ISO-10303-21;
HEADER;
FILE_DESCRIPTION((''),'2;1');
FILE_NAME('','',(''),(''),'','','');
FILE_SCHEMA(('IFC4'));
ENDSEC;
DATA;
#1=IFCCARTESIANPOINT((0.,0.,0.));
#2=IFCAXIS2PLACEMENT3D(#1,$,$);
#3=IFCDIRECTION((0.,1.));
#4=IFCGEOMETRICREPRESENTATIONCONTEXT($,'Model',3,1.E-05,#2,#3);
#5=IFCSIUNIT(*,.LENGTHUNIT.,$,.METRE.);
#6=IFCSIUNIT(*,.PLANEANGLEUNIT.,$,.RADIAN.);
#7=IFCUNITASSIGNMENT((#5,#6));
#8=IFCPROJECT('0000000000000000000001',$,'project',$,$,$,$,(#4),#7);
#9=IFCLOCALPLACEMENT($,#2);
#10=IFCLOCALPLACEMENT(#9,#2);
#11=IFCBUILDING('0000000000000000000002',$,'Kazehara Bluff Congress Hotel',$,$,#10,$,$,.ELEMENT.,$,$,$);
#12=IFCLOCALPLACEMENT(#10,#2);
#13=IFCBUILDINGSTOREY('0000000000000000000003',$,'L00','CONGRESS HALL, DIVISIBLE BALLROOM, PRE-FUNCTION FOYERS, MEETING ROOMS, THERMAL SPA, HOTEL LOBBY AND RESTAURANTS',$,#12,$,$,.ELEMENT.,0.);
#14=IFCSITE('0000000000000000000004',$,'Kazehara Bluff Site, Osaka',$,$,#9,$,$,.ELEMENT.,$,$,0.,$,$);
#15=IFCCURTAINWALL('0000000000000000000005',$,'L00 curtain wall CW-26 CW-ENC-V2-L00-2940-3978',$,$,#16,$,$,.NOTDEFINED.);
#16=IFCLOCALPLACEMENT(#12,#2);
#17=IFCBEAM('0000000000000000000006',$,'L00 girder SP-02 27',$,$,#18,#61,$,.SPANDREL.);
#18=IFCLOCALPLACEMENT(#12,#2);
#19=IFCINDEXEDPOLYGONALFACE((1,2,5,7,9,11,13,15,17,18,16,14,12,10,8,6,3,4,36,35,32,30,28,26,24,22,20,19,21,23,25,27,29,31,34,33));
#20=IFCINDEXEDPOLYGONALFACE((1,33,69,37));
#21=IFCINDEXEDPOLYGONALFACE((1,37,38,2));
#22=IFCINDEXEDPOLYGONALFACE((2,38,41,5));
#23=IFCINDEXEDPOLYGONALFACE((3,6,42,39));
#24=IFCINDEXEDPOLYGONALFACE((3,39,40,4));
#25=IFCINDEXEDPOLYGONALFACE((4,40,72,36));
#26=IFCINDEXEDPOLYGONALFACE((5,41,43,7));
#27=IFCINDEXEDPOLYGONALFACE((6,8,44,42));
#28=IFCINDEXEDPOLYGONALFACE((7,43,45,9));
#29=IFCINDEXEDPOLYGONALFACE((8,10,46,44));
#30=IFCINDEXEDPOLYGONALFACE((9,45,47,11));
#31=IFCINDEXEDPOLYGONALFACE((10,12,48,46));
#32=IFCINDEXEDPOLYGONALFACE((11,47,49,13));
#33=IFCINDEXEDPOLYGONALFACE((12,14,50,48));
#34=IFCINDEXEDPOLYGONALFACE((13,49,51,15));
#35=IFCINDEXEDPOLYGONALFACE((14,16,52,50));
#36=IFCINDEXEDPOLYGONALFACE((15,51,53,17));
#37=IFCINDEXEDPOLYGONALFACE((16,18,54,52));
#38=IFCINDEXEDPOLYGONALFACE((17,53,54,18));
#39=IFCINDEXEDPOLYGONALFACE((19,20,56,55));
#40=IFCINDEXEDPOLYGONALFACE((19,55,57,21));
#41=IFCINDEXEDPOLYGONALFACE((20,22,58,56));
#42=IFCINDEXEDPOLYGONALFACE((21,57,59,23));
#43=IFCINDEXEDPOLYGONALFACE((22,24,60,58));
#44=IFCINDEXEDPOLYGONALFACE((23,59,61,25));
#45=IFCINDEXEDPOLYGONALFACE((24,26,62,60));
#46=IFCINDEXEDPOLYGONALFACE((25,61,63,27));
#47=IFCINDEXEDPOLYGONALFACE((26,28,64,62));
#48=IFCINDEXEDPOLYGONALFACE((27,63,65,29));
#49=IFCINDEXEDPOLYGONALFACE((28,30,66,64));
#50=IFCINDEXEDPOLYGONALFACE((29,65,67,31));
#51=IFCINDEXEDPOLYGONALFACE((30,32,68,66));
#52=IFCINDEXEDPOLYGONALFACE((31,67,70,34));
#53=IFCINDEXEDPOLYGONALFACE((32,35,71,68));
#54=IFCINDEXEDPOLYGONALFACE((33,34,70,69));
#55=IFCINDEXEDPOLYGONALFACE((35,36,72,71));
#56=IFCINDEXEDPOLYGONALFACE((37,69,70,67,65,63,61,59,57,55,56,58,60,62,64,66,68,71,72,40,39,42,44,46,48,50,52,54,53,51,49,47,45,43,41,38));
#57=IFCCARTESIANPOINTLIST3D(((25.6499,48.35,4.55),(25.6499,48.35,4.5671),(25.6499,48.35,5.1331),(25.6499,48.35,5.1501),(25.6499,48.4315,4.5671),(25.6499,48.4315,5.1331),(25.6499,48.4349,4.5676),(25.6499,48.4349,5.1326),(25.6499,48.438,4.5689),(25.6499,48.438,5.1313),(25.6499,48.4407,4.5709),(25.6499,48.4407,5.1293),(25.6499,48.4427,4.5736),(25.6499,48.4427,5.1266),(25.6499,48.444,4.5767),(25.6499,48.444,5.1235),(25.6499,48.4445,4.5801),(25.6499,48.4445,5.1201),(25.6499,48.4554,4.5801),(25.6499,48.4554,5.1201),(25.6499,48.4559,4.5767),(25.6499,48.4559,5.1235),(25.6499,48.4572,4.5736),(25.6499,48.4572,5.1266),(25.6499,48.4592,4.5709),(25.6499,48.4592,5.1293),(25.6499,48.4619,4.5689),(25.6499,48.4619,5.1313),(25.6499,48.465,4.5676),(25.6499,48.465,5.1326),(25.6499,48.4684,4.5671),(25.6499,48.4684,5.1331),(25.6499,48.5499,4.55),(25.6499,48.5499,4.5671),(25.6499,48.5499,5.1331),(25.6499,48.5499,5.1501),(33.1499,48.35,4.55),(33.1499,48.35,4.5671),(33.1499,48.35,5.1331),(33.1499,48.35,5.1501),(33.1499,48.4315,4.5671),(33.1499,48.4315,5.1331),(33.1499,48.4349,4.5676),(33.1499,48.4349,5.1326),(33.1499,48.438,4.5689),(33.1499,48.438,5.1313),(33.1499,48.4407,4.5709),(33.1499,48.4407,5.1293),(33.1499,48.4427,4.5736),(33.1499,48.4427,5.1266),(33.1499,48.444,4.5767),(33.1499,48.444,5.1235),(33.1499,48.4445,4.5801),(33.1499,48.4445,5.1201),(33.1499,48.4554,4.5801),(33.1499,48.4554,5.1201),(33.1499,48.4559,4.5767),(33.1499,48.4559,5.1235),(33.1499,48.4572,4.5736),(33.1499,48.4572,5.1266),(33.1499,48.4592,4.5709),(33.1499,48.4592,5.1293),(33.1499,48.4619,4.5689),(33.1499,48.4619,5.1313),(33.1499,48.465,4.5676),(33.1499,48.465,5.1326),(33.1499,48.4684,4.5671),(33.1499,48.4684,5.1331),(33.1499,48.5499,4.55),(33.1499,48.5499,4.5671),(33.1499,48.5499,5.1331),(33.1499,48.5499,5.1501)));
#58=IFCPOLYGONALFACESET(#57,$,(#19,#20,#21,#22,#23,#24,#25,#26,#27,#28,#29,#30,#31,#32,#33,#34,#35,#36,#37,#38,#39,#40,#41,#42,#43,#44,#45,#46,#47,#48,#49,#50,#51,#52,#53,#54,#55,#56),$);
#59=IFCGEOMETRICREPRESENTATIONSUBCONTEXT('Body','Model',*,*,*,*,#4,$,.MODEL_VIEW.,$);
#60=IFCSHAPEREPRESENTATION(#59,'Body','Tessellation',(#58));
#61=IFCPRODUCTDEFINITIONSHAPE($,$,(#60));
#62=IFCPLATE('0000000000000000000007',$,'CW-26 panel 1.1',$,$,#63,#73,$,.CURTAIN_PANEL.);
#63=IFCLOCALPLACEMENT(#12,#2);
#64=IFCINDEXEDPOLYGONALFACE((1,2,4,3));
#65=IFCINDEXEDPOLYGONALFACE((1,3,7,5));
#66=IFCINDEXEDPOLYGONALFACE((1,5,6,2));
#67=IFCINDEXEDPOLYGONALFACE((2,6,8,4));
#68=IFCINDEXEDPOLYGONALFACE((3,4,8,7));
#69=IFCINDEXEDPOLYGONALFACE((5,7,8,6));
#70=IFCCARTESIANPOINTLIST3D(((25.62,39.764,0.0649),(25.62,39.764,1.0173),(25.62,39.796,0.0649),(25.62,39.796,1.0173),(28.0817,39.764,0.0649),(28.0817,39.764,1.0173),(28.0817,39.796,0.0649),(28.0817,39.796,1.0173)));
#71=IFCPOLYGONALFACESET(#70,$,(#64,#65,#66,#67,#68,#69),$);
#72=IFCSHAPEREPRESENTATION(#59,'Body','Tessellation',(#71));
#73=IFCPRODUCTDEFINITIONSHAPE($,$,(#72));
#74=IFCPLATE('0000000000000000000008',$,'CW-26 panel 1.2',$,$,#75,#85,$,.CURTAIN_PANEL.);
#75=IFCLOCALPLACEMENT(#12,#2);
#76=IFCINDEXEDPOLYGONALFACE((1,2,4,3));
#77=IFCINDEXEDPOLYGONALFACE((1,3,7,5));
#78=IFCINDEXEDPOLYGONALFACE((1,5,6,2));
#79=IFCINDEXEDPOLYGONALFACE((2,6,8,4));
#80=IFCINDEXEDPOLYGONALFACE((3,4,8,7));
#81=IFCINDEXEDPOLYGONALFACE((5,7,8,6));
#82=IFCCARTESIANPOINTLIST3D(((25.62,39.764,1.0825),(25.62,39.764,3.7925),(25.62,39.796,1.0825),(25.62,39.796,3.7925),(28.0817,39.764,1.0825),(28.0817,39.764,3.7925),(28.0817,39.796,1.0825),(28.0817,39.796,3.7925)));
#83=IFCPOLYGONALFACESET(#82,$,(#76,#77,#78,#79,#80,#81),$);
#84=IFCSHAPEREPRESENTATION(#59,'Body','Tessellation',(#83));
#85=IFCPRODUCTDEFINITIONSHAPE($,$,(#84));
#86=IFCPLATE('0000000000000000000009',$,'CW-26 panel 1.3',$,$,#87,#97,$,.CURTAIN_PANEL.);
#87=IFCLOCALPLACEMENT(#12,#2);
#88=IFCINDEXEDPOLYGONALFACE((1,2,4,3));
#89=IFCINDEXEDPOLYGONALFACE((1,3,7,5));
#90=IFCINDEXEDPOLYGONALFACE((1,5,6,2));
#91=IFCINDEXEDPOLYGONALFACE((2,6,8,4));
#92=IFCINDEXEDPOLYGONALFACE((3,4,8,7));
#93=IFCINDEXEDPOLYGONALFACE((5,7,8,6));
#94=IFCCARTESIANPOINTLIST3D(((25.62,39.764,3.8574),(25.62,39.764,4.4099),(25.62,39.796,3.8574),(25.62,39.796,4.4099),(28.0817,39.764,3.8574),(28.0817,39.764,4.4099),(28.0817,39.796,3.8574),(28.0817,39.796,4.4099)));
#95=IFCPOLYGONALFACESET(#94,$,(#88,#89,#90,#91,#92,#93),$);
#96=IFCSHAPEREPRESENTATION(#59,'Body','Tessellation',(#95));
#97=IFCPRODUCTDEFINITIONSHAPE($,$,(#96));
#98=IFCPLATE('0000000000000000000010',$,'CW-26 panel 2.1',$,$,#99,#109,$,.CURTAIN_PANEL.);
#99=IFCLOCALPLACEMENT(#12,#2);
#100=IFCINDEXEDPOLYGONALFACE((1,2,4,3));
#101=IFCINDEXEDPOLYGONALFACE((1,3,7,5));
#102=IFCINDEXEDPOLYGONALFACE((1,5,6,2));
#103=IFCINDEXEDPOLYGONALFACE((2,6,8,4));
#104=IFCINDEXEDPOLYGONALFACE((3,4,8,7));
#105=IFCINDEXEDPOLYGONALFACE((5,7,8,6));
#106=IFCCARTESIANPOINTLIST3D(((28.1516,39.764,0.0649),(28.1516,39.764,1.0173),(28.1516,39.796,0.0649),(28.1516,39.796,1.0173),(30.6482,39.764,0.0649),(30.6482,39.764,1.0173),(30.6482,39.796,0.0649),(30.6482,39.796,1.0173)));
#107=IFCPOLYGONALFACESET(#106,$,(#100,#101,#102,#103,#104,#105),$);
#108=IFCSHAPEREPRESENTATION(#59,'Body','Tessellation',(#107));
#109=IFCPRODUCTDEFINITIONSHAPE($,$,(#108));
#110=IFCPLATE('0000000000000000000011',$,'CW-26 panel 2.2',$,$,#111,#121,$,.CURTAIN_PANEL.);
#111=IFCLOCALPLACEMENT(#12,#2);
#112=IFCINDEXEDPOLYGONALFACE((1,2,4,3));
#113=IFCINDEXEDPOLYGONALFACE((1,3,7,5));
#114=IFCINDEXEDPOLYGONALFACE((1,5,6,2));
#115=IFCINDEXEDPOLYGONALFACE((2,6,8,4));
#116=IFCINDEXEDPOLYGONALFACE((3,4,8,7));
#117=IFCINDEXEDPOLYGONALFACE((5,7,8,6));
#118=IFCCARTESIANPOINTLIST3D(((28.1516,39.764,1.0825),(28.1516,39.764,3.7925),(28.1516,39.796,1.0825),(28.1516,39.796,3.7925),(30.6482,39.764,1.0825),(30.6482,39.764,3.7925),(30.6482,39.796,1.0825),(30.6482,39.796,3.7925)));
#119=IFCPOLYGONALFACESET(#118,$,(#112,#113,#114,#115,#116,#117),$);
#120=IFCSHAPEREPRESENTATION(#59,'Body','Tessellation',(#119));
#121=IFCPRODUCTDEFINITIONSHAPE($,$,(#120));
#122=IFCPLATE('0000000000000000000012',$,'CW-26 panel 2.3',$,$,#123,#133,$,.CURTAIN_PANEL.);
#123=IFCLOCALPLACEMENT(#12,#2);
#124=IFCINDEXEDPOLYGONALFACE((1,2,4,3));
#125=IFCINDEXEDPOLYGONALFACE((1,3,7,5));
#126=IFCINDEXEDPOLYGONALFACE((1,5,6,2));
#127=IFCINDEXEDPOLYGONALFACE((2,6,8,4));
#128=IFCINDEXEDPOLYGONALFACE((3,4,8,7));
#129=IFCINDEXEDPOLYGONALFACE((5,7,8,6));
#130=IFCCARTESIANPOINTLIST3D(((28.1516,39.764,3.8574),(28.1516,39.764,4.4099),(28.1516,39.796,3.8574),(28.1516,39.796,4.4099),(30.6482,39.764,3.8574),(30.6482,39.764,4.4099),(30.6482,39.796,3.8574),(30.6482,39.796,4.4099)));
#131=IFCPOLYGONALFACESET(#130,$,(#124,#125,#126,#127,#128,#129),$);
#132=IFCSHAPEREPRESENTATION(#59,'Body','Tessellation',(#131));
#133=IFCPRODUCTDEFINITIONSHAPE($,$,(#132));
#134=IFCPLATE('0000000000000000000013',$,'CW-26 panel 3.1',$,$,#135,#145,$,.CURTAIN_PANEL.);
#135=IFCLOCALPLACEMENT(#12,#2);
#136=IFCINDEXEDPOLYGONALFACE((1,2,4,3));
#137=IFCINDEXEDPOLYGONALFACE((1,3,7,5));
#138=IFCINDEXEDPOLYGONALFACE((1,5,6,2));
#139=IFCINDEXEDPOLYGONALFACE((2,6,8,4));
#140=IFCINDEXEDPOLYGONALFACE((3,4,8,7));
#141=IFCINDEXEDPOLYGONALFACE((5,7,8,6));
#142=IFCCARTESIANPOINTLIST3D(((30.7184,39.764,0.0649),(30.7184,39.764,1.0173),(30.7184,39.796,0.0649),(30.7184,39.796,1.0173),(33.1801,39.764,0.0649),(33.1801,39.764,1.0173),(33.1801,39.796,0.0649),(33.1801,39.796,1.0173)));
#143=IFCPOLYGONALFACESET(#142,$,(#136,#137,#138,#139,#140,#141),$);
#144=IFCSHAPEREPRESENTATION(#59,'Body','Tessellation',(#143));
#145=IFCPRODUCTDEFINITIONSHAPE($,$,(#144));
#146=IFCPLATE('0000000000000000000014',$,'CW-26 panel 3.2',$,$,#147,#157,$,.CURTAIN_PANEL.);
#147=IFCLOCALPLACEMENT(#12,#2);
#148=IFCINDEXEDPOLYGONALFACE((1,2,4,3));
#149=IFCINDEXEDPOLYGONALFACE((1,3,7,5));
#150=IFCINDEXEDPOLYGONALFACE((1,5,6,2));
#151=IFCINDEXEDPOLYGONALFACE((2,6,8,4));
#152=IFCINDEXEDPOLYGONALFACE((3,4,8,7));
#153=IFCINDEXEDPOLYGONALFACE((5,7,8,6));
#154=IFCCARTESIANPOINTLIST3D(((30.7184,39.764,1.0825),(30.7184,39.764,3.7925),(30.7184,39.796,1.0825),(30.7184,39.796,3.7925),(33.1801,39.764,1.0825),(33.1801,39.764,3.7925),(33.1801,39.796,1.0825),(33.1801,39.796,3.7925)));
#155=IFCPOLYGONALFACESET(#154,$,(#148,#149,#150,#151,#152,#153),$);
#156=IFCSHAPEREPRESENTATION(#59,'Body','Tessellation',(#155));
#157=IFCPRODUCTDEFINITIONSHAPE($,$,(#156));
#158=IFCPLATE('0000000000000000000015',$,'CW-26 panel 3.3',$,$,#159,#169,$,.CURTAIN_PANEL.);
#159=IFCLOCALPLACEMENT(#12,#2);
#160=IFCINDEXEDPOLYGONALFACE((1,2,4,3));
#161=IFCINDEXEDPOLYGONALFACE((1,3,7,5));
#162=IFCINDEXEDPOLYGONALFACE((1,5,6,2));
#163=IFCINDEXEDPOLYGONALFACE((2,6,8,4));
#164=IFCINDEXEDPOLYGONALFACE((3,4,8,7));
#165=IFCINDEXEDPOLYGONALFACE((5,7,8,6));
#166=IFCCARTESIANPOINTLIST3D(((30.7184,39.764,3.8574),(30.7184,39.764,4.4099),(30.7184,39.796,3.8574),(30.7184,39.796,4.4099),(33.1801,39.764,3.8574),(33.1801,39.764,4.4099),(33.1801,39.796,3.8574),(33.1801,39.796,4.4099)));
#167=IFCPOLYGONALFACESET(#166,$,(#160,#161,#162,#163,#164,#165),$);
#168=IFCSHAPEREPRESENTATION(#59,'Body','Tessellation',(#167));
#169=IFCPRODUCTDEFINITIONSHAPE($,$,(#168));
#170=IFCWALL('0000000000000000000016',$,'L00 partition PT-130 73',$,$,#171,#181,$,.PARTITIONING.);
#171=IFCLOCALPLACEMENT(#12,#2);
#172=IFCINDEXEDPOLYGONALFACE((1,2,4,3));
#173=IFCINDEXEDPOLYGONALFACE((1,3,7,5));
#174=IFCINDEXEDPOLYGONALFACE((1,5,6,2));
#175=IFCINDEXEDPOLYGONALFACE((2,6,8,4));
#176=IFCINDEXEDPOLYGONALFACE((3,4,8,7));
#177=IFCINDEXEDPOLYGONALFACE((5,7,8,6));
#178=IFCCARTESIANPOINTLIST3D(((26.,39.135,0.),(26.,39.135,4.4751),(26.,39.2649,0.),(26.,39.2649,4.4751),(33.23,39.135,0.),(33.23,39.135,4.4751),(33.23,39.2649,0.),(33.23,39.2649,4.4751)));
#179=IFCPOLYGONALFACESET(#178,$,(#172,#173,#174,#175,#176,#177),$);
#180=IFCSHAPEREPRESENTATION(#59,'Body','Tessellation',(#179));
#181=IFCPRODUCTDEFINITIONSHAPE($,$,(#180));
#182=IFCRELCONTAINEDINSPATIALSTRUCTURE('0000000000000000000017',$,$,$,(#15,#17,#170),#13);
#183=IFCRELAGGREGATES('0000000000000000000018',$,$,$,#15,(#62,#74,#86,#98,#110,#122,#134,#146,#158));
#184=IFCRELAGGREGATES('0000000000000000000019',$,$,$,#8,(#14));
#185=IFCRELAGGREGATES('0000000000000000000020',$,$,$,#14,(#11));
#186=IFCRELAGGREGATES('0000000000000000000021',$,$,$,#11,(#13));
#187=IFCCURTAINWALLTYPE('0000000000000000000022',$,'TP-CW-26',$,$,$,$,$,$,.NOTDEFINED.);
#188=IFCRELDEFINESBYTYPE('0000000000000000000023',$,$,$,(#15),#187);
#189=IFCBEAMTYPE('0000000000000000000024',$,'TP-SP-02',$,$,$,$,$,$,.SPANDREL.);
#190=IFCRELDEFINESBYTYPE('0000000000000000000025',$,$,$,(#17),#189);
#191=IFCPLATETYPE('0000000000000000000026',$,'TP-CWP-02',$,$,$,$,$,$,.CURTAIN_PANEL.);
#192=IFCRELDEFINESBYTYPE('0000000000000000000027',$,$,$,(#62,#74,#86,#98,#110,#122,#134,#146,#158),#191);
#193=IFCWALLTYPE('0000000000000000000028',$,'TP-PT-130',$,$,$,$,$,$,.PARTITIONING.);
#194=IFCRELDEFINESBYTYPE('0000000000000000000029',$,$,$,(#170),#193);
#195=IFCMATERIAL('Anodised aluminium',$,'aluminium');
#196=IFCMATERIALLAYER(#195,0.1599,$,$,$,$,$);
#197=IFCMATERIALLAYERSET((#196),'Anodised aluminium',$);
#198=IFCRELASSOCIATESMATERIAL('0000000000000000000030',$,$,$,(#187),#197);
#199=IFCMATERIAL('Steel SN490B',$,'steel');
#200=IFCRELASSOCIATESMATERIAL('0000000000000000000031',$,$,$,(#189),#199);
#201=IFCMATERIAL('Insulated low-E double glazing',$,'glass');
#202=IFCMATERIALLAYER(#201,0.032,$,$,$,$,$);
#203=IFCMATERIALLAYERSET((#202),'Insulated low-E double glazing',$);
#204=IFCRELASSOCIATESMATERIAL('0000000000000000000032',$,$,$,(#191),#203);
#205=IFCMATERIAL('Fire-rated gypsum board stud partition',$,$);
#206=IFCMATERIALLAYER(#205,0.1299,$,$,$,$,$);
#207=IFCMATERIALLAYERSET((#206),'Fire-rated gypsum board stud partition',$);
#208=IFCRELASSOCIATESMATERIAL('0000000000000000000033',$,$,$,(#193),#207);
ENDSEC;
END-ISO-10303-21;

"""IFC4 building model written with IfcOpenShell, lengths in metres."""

from ifc_helpers import new_model, si_unit, direction, frame, frame_2d, origin, origin_2d, place, context, subcontext, project, spatial, rectangle, i_section, extrude, material, layer, layer_set, material_profile, profile_set, type_object, element, aggregate, save


model = new_model("IFC4")

# Units and contexts
model_context = context("Model", 3, precision=1e-05, world=origin(), true_north=direction((0.0, 1.0)))
body_context = subcontext(model_context, "Body", "Model", "MODEL_VIEW")
ifc_project = project(units=[si_unit("LENGTHUNIT", "METRE"), si_unit("PLANEANGLEUNIT", "RADIAN")], contexts=[model_context])

# Site, building, storey
site_placement = place(None, origin())
site = spatial("IfcSite", under=ifc_project, at=site_placement, Name="Kazehara Bluff Site, Osaka", CompositionType="ELEMENT", RefElevation=0.0)
building_placement = place(site_placement, origin())
building = spatial("IfcBuilding", under=site, at=building_placement, Name="Kazehara Bluff Congress Hotel", CompositionType="ELEMENT")
storey_placement = place(building_placement, origin())
storey = spatial("IfcBuildingStorey", under=building, at=storey_placement, Name="L00", Description="CONGRESS HALL, DIVISIBLE BALLROOM, PRE-FUNCTION FOYERS, MEETING ROOMS, THERMAL SPA, HOTEL LOBBY AND RESTAURANTS", CompositionType="ELEMENT", Elevation=0.0)

# Curtain wall
ifc_material_1 = material(Name="Anodised aluminium", Category="aluminium")
ifc_layer_1 = layer(ifc_material_1, 0.1599)
ifc_layer_set_1 = layer_set([ifc_layer_1], Name="Anodised aluminium")
curtain_wall_type_1 = type_object("IfcCurtainWallType", Name="TP-CW-26", PredefinedType="NOTDEFINED", material=ifc_layer_set_1)
curtain_wall_1_placement = place(storey_placement, origin())
curtain_wall_1 = element("IfcCurtainWall", 1, at=curtain_wall_1_placement, inside=storey, type_object=curtain_wall_type_1, Name="L00 curtain wall CW-26 CW-ENC-V2-L00-2940-3978", PredefinedType="NOTDEFINED")

# Beam
ifc_material_2 = material(Name="Steel SN490B", Category="steel")
ifc_material_profile_1 = material_profile(ifc_material_2, i_section(OverallWidth=0.2, OverallDepth=0.6001, WebThickness=0.011, FlangeThickness=0.0171, FilletRadius=0.0129, at=origin_2d()))
ifc_profile_set_1 = profile_set([ifc_material_profile_1], Name="Steel SN490B")
beam_type_1 = type_object("IfcBeamType", Name="TP-SP-02", PredefinedType="SPANDREL", material=ifc_profile_set_1)
beam_1_placement = place(storey_placement, frame((25.6499, 48.45, 4.8501), z_axis=(1.0, 0.0, 0.0), x_axis=(0.0, 1.0, 0.0)))
element("IfcBeam", 2, at=beam_1_placement, inside=storey, type_object=beam_type_1, Name="L00 girder SP-02 27", PredefinedType="SPANDREL", context=body_context, shape_type="SweptSolid", body=[
    extrude(i_section(OverallWidth=0.2, OverallDepth=0.6001, WebThickness=0.011, FlangeThickness=0.0171, FilletRadius=0.0129, at=origin_2d()), origin(), (0.0, 0.0, 1.0), 7.5),
])

# Plates
ifc_material_3 = material(Name="Insulated low-E double glazing", Category="glass")
ifc_layer_2 = layer(ifc_material_3, 0.032)
ifc_layer_set_2 = layer_set([ifc_layer_2], Name="Insulated low-E double glazing")
plate_type = type_object("IfcPlateType", Name="TP-CWP-02", PredefinedType="CURTAIN_PANEL", material=ifc_layer_set_2)
plate_1_placement = place(storey_placement, frame((26.8508, 39.78, 0.0649), z_axis=(0.0, 0.0, 1.0), x_axis=(1.0, 0.0, 0.0)))
plate_1 = element("IfcPlate", 3, at=plate_1_placement, type_object=plate_type, Name="CW-26 panel 1.1", PredefinedType="CURTAIN_PANEL", context=body_context, shape_type="SweptSolid", body=[
    extrude(rectangle(XDim=2.4617, YDim=0.032, at=origin_2d()), origin(), (0.0, 0.0, 1.0), 0.9524),
])
plate_2_placement = place(storey_placement, frame((26.8508, 39.78, 1.0825), z_axis=(0.0, 0.0, 1.0), x_axis=(1.0, 0.0, 0.0)))
plate_2 = element("IfcPlate", 4, at=plate_2_placement, type_object=plate_type, Name="CW-26 panel 1.2", PredefinedType="CURTAIN_PANEL", context=body_context, shape_type="SweptSolid", body=[
    extrude(rectangle(XDim=2.4617, YDim=0.032, at=origin_2d()), origin(), (0.0, 0.0, 1.0), 2.71),
])
plate_3_placement = place(storey_placement, frame((26.8508, 39.78, 3.8574), z_axis=(0.0, 0.0, 1.0), x_axis=(1.0, 0.0, 0.0)))
plate_3 = element("IfcPlate", 5, at=plate_3_placement, type_object=plate_type, Name="CW-26 panel 1.3", PredefinedType="CURTAIN_PANEL", context=body_context, shape_type="SweptSolid", body=[
    extrude(rectangle(XDim=2.4617, YDim=0.032, at=origin_2d()), origin(), (0.0, 0.0, 1.0), 0.5525),
])
plate_4_placement = place(storey_placement, frame((29.3999, 39.78, 0.0649), z_axis=(0.0, 0.0, 1.0), x_axis=(1.0, 0.0, 0.0)))
plate_4 = element("IfcPlate", 6, at=plate_4_placement, type_object=plate_type, Name="CW-26 panel 2.1", PredefinedType="CURTAIN_PANEL", context=body_context, shape_type="SweptSolid", body=[
    extrude(rectangle(XDim=2.4966, YDim=0.032, at=origin_2d()), origin(), (0.0, 0.0, 1.0), 0.9524),
])
plate_5_placement = place(storey_placement, frame((29.3999, 39.78, 1.0825), z_axis=(0.0, 0.0, 1.0), x_axis=(1.0, 0.0, 0.0)))
plate_5 = element("IfcPlate", 7, at=plate_5_placement, type_object=plate_type, Name="CW-26 panel 2.2", PredefinedType="CURTAIN_PANEL", context=body_context, shape_type="SweptSolid", body=[
    extrude(rectangle(XDim=2.4966, YDim=0.032, at=origin_2d()), origin(), (0.0, 0.0, 1.0), 2.71),
])
plate_6_placement = place(storey_placement, frame((29.3999, 39.78, 3.8574), z_axis=(0.0, 0.0, 1.0), x_axis=(1.0, 0.0, 0.0)))
plate_6 = element("IfcPlate", 8, at=plate_6_placement, type_object=plate_type, Name="CW-26 panel 2.3", PredefinedType="CURTAIN_PANEL", context=body_context, shape_type="SweptSolid", body=[
    extrude(rectangle(XDim=2.4966, YDim=0.032, at=origin_2d()), origin(), (0.0, 0.0, 1.0), 0.5525),
])
plate_7_placement = place(storey_placement, frame((31.9492, 39.78, 0.0649), z_axis=(0.0, 0.0, 1.0), x_axis=(1.0, 0.0, 0.0)))
plate_7 = element("IfcPlate", 9, at=plate_7_placement, type_object=plate_type, Name="CW-26 panel 3.1", PredefinedType="CURTAIN_PANEL", context=body_context, shape_type="SweptSolid", body=[
    extrude(rectangle(XDim=2.4617, YDim=0.032, at=origin_2d()), origin(), (0.0, 0.0, 1.0), 0.9524),
])
plate_8_placement = place(storey_placement, frame((31.9492, 39.78, 1.0825), z_axis=(0.0, 0.0, 1.0), x_axis=(1.0, 0.0, 0.0)))
plate_8 = element("IfcPlate", 10, at=plate_8_placement, type_object=plate_type, Name="CW-26 panel 3.2", PredefinedType="CURTAIN_PANEL", context=body_context, shape_type="SweptSolid", body=[
    extrude(rectangle(XDim=2.4617, YDim=0.032, at=origin_2d()), origin(), (0.0, 0.0, 1.0), 2.71),
])
plate_9_placement = place(storey_placement, frame((31.9492, 39.78, 3.8574), z_axis=(0.0, 0.0, 1.0), x_axis=(1.0, 0.0, 0.0)))
plate_9 = element("IfcPlate", 11, at=plate_9_placement, type_object=plate_type, Name="CW-26 panel 3.3", PredefinedType="CURTAIN_PANEL", context=body_context, shape_type="SweptSolid", body=[
    extrude(rectangle(XDim=2.4617, YDim=0.032, at=origin_2d()), origin(), (0.0, 0.0, 1.0), 0.5525),
])
aggregate(curtain_wall_1, [plate_1, plate_2, plate_3, plate_4, plate_5, plate_6, plate_7, plate_8, plate_9])

# Wall
ifc_material_4 = material(Name="Fire-rated gypsum board stud partition")
ifc_layer_3 = layer(ifc_material_4, 0.1299)
ifc_layer_set_3 = layer_set([ifc_layer_3], Name="Fire-rated gypsum board stud partition")
wall_type = type_object("IfcWallType", Name="TP-PT-130", PredefinedType="PARTITIONING", material=ifc_layer_set_3)
wall_placement = place(storey_placement, frame((26.0, 39.2, 0.0), z_axis=(0.0, 0.0, 1.0), x_axis=(1.0, 0.0, 0.0)))
element("IfcWall", 12, at=wall_placement, inside=storey, type_object=wall_type, Name="L00 partition PT-130 73", PredefinedType="PARTITIONING", context=body_context, shape_type="SweptSolid", body=[
    extrude(rectangle(XDim=7.23, YDim=0.1299, at=frame_2d((3.615, 0.0))), origin(), (0.0, 0.0, 1.0), 4.4751),
])

save(model, "model.ifc")
